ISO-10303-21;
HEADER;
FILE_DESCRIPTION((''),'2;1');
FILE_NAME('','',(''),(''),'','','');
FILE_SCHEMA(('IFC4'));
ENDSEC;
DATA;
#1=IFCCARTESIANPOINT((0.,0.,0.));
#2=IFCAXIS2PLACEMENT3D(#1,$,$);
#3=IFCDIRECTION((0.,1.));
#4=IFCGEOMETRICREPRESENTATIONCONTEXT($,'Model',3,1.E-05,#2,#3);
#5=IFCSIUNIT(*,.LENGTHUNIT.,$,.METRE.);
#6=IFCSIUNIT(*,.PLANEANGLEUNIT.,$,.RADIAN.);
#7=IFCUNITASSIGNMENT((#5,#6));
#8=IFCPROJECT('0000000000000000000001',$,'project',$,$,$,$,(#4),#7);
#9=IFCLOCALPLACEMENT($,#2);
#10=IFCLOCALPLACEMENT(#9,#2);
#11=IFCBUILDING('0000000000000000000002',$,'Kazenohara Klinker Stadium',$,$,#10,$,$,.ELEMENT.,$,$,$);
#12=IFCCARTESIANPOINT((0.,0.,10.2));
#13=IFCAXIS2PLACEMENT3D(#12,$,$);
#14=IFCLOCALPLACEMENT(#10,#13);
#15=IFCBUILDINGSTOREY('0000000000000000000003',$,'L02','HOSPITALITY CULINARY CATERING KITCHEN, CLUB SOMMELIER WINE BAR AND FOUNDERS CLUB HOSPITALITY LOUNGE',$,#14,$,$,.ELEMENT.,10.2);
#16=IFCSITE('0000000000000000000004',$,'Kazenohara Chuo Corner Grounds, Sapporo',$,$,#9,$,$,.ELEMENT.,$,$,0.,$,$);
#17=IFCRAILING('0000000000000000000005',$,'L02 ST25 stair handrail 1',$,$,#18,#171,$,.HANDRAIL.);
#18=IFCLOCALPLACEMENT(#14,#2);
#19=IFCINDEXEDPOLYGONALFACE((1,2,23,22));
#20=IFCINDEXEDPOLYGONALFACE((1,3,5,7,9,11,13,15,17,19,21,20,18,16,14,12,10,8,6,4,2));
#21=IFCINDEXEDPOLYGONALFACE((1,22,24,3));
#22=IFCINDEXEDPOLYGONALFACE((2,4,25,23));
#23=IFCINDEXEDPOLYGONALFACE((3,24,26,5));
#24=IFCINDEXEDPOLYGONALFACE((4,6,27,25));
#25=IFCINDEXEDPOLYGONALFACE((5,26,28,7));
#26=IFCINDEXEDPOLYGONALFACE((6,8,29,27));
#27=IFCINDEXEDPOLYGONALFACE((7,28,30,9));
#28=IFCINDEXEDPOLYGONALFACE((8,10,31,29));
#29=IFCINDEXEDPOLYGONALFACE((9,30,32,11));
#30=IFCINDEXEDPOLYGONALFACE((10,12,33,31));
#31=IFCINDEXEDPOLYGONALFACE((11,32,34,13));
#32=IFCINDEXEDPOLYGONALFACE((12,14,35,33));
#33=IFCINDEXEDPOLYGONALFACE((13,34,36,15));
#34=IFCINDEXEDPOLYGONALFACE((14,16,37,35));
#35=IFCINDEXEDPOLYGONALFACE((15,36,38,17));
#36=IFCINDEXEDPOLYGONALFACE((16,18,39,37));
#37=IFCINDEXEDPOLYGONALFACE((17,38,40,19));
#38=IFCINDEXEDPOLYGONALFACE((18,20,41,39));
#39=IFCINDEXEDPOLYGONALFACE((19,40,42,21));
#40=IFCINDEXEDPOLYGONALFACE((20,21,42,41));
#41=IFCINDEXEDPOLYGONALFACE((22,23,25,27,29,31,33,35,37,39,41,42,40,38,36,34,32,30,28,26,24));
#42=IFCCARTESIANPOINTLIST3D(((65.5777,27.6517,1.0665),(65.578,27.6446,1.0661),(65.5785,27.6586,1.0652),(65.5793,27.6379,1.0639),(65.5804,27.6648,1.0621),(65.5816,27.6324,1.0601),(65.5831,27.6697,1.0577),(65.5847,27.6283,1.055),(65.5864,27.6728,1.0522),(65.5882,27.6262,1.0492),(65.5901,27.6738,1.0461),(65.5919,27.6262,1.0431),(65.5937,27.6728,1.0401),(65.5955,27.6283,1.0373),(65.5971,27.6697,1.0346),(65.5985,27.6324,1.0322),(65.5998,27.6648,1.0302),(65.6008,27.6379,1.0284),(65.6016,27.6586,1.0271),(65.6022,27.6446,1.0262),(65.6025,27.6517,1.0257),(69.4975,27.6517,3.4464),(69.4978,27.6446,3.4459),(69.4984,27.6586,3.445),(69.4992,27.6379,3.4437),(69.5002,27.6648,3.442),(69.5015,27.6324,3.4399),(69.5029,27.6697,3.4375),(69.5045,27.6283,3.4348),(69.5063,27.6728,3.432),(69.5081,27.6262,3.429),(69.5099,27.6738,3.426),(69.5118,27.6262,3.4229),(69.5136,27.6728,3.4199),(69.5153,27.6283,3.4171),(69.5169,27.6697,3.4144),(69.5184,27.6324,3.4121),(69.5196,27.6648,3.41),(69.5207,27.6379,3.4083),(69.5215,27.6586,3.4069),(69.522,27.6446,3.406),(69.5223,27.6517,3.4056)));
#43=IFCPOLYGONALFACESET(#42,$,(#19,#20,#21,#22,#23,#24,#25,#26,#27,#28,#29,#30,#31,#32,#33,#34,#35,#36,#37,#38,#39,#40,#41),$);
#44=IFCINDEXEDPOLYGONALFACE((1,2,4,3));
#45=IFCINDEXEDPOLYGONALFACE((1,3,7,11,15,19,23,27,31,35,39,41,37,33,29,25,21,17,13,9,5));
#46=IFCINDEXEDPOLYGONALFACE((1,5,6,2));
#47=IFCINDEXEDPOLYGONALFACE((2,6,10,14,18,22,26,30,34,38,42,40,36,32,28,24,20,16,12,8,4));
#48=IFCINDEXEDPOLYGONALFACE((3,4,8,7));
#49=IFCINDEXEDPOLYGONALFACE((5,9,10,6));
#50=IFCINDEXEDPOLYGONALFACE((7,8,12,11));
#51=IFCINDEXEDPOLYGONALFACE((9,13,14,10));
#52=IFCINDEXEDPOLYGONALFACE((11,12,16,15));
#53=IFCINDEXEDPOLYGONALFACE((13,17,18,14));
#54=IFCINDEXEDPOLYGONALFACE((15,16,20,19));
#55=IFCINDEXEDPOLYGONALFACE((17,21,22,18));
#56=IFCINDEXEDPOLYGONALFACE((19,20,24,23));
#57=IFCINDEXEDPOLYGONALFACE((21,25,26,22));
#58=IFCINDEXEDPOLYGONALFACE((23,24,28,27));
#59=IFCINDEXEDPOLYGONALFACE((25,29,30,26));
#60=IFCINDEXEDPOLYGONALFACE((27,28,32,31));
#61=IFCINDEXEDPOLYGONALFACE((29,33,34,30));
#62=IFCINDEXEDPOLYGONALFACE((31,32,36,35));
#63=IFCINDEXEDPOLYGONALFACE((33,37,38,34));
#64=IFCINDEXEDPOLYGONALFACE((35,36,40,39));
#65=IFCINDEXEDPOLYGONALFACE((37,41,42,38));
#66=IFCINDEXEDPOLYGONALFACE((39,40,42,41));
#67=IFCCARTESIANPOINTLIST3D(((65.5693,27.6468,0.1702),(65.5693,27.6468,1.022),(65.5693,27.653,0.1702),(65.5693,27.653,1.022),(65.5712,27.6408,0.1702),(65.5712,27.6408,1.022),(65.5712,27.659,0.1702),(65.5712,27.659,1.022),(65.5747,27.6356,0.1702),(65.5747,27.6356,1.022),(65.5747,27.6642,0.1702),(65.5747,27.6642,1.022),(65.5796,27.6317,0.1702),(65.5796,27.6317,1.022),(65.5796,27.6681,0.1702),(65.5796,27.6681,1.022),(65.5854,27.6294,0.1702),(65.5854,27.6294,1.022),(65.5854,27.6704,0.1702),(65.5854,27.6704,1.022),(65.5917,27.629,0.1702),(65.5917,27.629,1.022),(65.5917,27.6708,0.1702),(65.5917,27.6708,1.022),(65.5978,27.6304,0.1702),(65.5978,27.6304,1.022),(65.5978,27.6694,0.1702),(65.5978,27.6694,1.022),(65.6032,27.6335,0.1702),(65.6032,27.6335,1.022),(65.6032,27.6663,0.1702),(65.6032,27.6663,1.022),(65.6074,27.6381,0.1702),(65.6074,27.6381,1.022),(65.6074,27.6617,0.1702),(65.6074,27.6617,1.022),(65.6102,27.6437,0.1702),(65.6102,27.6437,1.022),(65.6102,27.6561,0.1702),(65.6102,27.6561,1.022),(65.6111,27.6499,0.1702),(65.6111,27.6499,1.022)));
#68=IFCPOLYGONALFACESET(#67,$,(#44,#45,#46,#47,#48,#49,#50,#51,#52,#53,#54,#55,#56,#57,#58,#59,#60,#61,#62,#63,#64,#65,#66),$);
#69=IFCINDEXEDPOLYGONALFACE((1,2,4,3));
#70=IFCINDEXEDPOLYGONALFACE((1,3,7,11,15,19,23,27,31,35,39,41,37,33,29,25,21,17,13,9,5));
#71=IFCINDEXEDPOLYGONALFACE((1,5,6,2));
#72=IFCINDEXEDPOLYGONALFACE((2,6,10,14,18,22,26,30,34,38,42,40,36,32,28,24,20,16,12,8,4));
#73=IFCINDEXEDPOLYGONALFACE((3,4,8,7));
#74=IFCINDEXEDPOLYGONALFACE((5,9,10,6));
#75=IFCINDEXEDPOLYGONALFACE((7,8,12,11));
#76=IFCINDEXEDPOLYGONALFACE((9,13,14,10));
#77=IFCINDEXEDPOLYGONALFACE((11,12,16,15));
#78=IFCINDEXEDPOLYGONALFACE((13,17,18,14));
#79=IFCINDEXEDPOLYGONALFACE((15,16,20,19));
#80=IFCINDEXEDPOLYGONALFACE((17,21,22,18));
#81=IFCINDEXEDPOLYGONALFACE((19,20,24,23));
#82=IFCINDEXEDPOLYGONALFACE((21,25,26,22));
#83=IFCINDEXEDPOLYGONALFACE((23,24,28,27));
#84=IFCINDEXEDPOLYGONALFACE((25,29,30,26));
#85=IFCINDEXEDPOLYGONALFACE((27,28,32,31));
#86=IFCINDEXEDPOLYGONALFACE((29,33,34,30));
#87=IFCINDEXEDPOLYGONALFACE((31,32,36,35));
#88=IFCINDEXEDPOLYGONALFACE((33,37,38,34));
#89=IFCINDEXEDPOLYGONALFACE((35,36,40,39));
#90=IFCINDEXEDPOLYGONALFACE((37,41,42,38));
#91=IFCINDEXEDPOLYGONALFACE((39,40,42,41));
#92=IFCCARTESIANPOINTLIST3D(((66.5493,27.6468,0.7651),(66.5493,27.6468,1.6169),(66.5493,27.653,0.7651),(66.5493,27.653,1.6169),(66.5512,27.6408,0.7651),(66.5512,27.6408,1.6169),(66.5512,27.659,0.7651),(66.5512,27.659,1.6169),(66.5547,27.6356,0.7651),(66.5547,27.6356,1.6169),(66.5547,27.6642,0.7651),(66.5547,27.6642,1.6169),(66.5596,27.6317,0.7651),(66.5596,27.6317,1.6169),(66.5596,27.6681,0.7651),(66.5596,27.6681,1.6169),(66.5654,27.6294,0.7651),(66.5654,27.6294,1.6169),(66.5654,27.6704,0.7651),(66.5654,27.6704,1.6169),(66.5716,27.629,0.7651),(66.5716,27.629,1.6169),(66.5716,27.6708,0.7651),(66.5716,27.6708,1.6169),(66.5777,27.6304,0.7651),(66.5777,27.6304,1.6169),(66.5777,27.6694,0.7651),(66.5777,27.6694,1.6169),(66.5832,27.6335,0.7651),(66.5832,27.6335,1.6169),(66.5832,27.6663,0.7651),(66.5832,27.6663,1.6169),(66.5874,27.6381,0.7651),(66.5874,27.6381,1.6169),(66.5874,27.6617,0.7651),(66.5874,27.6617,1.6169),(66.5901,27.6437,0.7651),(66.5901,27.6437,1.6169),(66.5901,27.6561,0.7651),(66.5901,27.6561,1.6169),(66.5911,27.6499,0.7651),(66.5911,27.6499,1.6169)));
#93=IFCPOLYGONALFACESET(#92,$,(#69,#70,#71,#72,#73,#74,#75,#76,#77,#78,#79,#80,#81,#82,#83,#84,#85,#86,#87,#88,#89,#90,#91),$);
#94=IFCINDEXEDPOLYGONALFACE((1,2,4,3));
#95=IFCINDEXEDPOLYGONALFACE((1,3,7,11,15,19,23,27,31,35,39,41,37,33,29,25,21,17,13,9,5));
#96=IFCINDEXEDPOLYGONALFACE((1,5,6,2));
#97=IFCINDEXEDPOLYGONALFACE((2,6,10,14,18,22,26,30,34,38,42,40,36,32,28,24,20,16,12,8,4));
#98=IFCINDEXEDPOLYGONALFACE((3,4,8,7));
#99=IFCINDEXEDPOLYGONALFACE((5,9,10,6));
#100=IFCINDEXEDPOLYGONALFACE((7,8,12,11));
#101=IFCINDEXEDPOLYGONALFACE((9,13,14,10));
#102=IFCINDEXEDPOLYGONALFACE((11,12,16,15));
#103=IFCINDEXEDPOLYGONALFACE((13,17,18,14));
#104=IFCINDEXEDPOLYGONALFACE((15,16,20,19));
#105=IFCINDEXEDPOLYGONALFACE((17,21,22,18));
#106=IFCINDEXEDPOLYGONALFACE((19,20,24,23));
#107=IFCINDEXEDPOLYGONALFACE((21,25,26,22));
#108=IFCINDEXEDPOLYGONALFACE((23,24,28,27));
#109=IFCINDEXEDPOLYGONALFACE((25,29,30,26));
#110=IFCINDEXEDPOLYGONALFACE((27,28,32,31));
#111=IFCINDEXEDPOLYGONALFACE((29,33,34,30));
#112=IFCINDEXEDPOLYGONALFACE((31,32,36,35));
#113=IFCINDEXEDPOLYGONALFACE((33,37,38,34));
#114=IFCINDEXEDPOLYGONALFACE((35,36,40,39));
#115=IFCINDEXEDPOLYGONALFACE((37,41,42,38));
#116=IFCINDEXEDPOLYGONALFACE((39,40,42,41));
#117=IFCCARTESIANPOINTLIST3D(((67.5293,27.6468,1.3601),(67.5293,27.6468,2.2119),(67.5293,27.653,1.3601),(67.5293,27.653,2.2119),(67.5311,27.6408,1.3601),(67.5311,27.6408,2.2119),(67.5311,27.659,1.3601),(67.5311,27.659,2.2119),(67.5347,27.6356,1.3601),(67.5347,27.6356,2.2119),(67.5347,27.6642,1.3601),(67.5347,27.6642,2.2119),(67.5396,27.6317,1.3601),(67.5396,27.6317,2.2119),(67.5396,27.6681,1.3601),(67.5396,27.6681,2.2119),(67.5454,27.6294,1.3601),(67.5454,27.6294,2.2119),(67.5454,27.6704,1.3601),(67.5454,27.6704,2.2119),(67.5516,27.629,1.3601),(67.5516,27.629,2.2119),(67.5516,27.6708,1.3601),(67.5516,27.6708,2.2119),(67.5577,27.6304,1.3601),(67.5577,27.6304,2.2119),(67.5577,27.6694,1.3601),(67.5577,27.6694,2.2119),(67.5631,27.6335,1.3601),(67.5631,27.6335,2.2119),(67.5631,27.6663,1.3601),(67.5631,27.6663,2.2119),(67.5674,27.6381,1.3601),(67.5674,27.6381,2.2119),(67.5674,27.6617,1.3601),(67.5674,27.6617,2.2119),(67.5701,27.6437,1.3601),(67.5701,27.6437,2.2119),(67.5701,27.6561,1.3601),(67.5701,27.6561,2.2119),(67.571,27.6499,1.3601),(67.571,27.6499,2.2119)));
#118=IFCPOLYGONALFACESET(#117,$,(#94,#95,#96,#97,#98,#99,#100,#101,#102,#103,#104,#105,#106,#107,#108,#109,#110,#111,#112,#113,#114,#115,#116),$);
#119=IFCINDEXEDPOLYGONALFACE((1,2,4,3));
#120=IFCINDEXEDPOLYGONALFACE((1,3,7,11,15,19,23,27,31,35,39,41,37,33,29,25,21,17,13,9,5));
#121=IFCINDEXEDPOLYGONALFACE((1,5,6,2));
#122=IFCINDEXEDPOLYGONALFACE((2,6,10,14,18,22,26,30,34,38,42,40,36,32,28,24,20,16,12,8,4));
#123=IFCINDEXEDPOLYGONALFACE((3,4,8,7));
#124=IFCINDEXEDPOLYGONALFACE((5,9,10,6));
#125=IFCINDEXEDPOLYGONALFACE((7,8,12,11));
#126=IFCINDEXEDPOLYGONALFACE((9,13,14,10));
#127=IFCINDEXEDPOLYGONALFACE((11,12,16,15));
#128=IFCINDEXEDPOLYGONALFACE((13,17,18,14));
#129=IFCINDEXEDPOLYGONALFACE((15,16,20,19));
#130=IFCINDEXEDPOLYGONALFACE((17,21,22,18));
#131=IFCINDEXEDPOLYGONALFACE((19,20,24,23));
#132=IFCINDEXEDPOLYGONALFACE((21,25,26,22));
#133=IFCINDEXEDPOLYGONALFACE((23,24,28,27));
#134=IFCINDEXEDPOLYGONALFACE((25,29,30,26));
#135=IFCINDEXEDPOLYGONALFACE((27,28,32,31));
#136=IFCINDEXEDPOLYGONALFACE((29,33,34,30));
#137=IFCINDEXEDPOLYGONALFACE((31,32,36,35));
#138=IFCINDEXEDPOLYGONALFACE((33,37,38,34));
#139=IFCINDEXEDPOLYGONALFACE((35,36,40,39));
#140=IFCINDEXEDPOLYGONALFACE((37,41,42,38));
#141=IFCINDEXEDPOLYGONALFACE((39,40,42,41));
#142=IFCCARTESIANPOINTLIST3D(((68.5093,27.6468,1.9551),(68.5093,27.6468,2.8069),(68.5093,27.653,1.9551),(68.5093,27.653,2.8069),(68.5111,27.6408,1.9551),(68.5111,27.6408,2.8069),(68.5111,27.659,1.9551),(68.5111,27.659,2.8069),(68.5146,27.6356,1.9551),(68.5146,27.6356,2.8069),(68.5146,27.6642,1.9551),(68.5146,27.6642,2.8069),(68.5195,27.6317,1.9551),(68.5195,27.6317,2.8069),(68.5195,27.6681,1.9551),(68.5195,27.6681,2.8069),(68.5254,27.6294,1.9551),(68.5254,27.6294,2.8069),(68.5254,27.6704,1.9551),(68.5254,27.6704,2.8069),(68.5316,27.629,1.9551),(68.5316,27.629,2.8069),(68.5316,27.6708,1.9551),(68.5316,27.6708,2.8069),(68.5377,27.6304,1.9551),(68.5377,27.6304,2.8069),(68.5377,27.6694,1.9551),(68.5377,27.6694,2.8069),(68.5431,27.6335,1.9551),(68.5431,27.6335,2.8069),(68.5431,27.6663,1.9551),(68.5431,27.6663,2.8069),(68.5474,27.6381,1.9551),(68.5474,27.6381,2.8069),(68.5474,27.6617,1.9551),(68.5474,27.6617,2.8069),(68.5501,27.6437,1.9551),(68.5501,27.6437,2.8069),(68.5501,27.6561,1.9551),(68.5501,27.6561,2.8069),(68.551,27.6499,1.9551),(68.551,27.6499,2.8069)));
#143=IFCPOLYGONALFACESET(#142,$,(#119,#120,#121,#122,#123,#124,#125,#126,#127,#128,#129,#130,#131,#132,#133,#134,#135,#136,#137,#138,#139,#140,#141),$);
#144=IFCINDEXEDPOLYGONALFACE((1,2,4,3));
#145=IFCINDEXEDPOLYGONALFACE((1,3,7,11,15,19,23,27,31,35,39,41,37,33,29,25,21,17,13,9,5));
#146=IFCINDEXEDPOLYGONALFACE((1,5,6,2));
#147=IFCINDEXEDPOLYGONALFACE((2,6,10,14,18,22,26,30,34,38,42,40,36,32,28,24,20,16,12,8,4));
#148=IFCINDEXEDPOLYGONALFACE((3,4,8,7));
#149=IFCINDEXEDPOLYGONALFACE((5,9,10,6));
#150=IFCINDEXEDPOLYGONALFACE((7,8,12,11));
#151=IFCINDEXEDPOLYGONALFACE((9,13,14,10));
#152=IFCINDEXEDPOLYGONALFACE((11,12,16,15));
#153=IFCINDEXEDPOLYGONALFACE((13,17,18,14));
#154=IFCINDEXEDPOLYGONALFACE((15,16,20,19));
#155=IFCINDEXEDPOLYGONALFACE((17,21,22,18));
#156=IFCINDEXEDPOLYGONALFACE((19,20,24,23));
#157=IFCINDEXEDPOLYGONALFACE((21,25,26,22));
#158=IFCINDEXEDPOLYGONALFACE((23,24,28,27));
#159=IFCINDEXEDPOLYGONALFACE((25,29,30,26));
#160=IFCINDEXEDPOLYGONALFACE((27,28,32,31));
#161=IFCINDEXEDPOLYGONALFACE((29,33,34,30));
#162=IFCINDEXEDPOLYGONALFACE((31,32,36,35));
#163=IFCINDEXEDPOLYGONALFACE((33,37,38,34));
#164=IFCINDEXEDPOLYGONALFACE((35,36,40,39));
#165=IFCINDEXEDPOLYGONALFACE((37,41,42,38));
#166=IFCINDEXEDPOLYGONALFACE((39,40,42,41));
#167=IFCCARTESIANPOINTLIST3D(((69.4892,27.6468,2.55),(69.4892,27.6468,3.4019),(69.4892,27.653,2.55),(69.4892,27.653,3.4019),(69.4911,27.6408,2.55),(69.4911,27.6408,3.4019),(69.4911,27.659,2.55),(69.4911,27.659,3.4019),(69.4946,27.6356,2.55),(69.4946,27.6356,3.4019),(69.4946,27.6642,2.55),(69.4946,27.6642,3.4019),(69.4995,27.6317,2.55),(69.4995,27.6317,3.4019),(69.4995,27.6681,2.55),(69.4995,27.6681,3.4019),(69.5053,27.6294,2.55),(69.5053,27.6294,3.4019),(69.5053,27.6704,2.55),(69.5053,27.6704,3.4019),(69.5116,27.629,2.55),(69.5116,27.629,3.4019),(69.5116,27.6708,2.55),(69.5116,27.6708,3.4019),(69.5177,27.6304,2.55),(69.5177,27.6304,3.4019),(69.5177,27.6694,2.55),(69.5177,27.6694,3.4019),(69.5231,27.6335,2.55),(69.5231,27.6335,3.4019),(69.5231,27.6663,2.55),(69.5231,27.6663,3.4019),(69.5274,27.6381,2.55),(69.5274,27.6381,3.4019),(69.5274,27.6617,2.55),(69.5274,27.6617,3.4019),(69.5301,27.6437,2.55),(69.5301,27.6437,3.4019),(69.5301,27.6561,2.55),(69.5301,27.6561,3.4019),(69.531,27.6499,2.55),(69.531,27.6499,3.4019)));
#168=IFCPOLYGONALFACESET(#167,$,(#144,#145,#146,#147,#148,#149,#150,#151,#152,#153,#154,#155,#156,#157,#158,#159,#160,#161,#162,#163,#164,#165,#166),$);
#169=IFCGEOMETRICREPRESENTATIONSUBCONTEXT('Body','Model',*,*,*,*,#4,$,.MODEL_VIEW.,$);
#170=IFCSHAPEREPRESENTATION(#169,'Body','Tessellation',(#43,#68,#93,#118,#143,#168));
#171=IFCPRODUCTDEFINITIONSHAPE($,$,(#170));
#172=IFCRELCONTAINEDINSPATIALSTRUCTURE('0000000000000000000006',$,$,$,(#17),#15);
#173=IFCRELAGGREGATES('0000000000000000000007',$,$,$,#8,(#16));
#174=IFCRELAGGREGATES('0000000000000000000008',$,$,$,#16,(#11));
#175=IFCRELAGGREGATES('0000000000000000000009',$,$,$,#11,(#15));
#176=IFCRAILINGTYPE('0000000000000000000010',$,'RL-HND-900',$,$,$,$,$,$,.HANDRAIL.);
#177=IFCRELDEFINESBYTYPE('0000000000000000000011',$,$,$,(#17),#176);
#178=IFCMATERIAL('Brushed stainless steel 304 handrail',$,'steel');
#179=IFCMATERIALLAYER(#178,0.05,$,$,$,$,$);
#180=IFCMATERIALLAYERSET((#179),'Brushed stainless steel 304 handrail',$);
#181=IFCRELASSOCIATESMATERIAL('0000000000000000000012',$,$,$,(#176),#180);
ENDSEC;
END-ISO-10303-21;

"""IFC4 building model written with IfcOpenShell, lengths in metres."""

from ifc_helpers import new_model, si_unit, direction, frame, origin, origin_2d, place, context, subcontext, project, spatial, circle, extrude, material, layer, layer_set, type_object, element, save


model = new_model("IFC4")

# Units and contexts
model_context = context("Model", 3, precision=1e-05, world=origin(), true_north=direction((0.0, 1.0)))
body_context = subcontext(model_context, "Body", "Model", "MODEL_VIEW")
ifc_project = project(units=[si_unit("LENGTHUNIT", "METRE"), si_unit("PLANEANGLEUNIT", "RADIAN")], contexts=[model_context])

# Site, building, storey
site_placement = place(None, origin())
site = spatial("IfcSite", under=ifc_project, at=site_placement, Name="Kazenohara Chuo Corner Grounds, Sapporo", CompositionType="ELEMENT", RefElevation=0.0)
building_placement = place(site_placement, origin())
building = spatial("IfcBuilding", under=site, at=building_placement, Name="Kazenohara Klinker Stadium", CompositionType="ELEMENT")
storey_placement = place(building_placement, frame((0.0, 0.0, 10.2)))
storey = spatial("IfcBuildingStorey", under=building, at=storey_placement, Name="L02", Description="HOSPITALITY CULINARY CATERING KITCHEN, CLUB SOMMELIER WINE BAR AND FOUNDERS CLUB HOSPITALITY LOUNGE", CompositionType="ELEMENT", Elevation=10.2)

# Railing
ifc_material_1 = material(Name="Brushed stainless steel 304 handrail", Category="steel")
ifc_layer_1 = layer(ifc_material_1, 0.05)
ifc_layer_set_1 = layer_set([ifc_layer_1], Name="Brushed stainless steel 304 handrail")
railing_type_1 = type_object("IfcRailingType", Name="RL-HND-900", PredefinedType="HANDRAIL", material=ifc_layer_set_1)
railing_1_placement = place(storey_placement, frame((65.5901, 27.6499, 0.1702)))
element("IfcRailing", 1, at=railing_1_placement, inside=storey, type_object=railing_type_1, Name="L02 ST25 stair handrail 1", PredefinedType="HANDRAIL", context=body_context, shape_type="SweptSolid", body=[
    extrude(circle(Radius=0.0239, at=origin_2d()), frame((0.0, 0.0, 0.876), z_axis=(0.854794, 0.0, 0.518967), x_axis=(0.0, 1.0, 0.0)), (0.0, 0.0, 1.0), 4.5857),
    extrude(circle(Radius=0.021, at=origin_2d()), origin(), (0.0, 0.0, 1.0), 0.8518),
    extrude(circle(Radius=0.021, at=origin_2d()), frame((0.98, 0.0, 0.595)), (0.0, 0.0, 1.0), 0.8518),
    extrude(circle(Radius=0.021, at=origin_2d()), frame((1.96, 0.0, 1.1899)), (0.0, 0.0, 1.0), 0.8518),
    extrude(circle(Radius=0.021, at=origin_2d()), frame((2.9399, 0.0, 1.7849)), (0.0, 0.0, 1.0), 0.8518),
    extrude(circle(Radius=0.021, at=origin_2d()), frame((3.9199, 0.0, 2.3799)), (0.0, 0.0, 1.0), 0.8518),
])

save(model, "model.ifc")
